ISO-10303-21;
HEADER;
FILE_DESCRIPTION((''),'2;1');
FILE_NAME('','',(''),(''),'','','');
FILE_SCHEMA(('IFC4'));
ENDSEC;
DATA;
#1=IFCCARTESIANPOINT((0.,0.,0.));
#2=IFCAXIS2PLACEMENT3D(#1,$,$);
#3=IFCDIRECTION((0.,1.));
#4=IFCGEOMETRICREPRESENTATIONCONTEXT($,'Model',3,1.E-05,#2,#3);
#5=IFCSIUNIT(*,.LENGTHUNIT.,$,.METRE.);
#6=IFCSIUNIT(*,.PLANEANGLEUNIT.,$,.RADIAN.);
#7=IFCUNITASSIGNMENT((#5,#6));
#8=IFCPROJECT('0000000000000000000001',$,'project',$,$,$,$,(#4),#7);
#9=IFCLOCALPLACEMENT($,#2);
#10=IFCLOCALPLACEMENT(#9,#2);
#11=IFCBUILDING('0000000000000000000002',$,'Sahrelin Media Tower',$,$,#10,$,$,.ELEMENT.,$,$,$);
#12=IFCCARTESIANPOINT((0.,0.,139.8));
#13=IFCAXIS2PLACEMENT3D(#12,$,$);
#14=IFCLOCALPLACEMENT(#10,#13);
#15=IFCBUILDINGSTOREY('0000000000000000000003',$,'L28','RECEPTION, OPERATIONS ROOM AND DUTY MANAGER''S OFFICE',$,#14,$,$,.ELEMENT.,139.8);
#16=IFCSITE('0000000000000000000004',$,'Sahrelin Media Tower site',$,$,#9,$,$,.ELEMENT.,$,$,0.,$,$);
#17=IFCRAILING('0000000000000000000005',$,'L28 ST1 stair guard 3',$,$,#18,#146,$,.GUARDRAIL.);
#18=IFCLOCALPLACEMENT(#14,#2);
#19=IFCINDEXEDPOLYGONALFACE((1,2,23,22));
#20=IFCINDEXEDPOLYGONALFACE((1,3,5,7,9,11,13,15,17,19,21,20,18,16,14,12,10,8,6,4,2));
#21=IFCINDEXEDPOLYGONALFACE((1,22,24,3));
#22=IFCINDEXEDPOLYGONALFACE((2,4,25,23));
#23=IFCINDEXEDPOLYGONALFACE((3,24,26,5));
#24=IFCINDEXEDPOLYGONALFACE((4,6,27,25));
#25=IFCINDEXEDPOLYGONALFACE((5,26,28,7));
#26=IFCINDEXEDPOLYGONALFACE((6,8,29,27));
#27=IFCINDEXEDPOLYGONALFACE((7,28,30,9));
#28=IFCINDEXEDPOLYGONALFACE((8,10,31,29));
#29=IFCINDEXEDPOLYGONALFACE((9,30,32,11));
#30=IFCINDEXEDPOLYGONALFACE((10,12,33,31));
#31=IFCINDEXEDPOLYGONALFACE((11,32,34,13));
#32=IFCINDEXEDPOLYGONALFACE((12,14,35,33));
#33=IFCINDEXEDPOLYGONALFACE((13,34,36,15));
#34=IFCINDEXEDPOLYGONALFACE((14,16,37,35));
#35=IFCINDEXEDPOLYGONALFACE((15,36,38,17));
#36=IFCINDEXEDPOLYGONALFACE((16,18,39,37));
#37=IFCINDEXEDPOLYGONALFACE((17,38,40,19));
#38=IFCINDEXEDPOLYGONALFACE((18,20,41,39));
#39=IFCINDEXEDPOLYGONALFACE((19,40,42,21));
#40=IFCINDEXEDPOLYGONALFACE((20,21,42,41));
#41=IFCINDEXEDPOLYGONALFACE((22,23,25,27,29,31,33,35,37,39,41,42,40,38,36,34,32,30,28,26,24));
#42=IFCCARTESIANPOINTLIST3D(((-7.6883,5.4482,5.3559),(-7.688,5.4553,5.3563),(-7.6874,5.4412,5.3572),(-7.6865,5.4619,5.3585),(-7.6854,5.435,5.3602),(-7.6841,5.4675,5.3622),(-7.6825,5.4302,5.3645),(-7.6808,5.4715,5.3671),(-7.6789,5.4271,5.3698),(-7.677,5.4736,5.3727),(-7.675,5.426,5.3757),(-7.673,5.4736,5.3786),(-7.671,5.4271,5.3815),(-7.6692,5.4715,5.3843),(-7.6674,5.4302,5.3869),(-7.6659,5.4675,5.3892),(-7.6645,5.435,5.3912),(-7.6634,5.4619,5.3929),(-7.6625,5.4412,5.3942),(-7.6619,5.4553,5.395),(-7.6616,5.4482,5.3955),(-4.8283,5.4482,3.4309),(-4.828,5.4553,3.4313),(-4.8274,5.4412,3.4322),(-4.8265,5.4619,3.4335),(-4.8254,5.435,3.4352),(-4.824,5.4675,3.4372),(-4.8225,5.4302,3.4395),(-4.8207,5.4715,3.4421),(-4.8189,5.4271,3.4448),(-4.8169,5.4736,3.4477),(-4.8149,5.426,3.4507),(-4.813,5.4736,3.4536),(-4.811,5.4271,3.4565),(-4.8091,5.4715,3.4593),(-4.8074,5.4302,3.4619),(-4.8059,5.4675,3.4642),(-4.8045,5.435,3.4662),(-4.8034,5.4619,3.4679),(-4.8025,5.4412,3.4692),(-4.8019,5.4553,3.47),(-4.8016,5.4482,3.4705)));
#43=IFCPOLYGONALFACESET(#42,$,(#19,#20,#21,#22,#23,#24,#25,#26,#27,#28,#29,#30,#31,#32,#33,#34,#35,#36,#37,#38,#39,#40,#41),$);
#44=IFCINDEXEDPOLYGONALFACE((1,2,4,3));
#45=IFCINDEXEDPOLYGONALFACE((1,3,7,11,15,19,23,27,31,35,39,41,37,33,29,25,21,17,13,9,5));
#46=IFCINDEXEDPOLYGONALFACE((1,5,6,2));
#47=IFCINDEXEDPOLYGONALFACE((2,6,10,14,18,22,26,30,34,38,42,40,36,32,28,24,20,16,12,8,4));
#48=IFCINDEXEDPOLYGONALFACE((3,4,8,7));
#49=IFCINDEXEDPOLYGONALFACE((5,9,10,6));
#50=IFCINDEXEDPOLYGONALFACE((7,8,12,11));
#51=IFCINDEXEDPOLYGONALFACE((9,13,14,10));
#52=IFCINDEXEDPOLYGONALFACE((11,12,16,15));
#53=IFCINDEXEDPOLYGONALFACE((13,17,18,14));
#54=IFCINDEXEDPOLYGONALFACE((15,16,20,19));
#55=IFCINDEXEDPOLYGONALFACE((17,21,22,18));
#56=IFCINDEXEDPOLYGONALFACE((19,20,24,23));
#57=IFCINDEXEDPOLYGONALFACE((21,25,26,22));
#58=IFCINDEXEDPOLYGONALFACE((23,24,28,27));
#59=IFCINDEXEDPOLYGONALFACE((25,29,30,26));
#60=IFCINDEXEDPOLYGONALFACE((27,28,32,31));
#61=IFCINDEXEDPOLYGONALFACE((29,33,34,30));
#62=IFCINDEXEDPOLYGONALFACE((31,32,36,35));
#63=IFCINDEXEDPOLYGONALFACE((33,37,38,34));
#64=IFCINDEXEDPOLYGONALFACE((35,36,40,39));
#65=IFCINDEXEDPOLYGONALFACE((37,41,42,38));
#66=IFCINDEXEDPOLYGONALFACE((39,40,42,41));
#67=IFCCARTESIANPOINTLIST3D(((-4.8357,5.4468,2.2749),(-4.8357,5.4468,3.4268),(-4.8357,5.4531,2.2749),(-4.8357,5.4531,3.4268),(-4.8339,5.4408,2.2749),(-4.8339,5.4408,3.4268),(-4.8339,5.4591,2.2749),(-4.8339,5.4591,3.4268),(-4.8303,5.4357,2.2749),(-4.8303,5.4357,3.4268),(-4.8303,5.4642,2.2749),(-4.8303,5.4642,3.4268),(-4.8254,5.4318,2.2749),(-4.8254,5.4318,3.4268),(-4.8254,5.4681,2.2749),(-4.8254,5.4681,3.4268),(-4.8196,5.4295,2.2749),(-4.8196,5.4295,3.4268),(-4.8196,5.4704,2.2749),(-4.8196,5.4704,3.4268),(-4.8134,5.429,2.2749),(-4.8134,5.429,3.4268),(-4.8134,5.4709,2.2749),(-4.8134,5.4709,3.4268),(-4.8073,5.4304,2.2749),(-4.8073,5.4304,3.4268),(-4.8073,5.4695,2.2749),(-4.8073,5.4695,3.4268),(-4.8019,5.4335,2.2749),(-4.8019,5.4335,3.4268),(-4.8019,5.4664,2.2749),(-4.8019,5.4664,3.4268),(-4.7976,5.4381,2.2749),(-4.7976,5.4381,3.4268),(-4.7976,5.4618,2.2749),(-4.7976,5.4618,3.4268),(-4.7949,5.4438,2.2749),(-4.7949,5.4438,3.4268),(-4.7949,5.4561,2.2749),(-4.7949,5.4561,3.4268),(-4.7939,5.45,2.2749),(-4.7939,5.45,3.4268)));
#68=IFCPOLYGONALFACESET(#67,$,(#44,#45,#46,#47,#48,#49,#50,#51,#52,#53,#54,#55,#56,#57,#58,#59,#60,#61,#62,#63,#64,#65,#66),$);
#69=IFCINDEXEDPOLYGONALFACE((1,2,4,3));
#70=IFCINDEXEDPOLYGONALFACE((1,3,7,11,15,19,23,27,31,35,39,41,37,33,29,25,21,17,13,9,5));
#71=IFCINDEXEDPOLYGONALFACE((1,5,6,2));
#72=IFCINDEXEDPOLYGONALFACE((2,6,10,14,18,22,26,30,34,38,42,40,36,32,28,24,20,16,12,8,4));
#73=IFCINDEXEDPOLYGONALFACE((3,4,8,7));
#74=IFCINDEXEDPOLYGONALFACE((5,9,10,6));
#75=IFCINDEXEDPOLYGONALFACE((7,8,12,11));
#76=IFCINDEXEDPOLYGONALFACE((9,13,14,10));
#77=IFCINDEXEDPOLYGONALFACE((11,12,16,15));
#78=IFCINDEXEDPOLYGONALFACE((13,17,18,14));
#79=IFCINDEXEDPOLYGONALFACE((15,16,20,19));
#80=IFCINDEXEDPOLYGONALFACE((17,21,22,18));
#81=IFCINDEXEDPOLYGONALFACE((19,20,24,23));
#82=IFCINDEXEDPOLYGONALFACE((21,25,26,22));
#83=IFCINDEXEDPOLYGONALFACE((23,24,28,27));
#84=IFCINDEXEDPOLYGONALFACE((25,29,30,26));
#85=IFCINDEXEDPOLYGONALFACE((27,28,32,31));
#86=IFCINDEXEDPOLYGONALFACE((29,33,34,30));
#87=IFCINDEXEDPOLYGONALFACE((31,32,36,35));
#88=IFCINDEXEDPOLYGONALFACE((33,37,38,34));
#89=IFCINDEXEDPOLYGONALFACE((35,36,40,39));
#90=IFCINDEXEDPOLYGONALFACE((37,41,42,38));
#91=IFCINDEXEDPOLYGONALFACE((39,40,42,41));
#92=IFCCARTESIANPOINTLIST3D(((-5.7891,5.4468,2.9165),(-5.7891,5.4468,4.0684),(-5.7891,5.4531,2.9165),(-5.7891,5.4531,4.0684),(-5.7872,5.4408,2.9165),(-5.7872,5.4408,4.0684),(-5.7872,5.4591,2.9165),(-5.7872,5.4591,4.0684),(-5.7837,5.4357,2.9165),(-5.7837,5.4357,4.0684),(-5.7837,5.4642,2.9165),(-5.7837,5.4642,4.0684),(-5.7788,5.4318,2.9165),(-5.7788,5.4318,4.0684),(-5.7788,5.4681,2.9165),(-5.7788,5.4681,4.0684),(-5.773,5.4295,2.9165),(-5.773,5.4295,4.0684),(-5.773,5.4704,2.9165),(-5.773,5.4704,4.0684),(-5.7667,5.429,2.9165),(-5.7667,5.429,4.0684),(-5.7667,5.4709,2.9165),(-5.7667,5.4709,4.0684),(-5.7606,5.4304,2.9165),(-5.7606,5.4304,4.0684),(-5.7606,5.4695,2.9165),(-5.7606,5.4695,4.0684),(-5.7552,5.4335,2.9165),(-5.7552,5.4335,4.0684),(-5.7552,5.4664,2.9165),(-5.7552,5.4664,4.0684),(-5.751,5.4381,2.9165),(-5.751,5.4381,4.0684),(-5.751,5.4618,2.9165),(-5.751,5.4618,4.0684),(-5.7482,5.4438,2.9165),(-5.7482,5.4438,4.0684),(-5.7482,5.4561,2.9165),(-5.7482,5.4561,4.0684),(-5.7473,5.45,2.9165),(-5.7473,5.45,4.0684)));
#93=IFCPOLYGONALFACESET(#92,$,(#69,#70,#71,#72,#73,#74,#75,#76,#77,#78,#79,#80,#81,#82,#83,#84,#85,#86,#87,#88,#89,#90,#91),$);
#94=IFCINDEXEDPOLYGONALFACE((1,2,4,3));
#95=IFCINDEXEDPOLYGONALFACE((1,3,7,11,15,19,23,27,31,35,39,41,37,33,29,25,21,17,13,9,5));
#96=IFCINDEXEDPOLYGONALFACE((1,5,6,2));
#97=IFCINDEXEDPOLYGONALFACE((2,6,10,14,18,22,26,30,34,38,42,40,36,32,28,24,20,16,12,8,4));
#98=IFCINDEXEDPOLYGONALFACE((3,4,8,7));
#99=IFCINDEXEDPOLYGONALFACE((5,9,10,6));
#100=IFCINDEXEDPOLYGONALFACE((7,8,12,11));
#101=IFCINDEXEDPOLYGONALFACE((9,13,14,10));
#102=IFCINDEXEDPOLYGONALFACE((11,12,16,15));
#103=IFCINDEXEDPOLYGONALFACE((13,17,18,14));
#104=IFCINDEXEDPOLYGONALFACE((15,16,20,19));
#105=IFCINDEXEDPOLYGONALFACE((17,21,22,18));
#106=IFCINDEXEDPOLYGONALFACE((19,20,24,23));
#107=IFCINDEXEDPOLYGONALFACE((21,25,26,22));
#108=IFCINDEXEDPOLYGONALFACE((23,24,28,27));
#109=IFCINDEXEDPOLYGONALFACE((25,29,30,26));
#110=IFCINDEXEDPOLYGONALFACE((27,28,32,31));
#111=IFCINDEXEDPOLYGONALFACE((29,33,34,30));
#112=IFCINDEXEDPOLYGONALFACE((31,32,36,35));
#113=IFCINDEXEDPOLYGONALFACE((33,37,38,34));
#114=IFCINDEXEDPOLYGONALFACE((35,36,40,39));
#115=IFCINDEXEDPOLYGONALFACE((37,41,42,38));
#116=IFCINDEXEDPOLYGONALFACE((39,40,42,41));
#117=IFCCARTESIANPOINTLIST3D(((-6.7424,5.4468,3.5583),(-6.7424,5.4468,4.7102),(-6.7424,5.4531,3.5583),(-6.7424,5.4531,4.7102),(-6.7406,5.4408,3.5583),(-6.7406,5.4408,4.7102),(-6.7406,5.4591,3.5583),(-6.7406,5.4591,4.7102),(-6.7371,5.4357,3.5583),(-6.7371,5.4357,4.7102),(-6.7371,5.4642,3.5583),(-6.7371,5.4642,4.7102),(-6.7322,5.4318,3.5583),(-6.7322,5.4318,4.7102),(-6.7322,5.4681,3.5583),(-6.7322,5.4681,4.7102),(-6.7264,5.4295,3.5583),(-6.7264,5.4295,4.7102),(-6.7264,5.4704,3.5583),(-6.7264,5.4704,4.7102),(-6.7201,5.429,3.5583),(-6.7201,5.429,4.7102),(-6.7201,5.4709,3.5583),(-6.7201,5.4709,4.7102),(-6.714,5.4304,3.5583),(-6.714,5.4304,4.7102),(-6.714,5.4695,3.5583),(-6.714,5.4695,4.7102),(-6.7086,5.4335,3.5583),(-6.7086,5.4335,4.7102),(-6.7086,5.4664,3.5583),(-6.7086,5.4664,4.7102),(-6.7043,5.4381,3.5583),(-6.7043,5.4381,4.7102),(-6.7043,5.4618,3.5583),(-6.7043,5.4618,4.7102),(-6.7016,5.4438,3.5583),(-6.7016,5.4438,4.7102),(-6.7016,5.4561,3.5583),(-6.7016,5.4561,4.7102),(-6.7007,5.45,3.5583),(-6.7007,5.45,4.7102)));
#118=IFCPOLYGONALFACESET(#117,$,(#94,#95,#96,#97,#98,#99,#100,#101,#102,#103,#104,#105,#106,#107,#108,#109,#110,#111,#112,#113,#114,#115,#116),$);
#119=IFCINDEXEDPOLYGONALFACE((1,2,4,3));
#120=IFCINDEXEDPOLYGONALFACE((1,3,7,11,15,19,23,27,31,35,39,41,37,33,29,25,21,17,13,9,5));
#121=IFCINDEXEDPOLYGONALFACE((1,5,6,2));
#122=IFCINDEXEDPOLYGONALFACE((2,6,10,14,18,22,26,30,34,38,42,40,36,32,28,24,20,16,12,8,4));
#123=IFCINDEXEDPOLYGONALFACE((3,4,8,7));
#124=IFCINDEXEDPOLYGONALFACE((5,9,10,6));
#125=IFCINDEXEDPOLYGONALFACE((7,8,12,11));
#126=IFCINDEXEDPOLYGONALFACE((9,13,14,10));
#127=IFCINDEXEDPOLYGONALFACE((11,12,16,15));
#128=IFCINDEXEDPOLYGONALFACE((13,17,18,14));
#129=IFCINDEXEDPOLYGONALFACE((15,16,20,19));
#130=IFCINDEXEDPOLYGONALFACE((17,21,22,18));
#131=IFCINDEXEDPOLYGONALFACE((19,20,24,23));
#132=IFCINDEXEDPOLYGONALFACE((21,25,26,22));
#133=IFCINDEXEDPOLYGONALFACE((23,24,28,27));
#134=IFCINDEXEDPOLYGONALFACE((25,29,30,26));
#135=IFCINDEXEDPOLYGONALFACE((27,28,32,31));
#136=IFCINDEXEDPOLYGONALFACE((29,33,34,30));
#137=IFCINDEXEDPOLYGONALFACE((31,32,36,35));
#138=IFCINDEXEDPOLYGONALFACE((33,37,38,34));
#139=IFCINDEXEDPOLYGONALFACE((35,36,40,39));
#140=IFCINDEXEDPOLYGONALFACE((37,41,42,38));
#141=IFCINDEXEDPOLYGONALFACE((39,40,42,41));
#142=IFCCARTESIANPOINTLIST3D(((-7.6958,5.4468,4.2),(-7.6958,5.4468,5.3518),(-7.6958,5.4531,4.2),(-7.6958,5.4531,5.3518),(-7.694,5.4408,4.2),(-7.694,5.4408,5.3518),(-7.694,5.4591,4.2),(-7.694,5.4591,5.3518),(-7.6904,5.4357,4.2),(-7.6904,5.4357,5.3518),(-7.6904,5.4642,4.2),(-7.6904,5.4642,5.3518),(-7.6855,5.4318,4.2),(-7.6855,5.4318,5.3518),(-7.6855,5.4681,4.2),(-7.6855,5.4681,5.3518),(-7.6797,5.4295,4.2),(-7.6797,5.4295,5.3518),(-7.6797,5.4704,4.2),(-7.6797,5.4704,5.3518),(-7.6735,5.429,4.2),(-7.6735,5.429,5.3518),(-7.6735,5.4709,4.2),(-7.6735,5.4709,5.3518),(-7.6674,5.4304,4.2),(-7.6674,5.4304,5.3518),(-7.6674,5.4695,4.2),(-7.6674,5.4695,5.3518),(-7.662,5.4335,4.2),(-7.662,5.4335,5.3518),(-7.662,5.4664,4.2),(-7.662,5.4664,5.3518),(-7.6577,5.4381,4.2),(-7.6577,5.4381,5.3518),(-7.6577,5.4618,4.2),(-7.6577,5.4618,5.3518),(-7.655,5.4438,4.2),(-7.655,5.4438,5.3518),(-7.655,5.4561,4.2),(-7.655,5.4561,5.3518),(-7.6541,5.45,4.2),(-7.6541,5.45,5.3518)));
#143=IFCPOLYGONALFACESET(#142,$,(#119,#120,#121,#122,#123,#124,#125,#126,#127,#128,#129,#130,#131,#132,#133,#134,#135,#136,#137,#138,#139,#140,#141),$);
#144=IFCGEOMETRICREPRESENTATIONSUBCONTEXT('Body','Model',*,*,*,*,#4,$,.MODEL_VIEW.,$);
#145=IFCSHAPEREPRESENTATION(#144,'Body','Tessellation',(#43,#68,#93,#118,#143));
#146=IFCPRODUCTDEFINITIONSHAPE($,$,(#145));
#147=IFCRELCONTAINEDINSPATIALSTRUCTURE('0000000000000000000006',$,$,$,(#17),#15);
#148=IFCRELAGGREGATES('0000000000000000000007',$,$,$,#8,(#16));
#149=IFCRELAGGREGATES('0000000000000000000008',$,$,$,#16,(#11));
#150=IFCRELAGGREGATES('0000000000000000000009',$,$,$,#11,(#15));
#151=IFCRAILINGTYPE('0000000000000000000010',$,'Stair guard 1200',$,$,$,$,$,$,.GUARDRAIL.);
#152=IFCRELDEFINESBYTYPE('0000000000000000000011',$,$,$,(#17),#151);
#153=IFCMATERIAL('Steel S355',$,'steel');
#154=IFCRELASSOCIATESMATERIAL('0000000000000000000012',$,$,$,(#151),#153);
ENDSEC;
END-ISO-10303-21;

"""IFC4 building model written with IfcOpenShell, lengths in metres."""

from ifc_helpers import new_model, si_unit, direction, frame, origin, origin_2d, place, context, subcontext, project, spatial, circle, extrude, material, type_object, element, save


model = new_model("IFC4")

# Units and contexts
model_context = context("Model", 3, precision=1e-05, world=origin(), true_north=direction((0.0, 1.0)))
body_context = subcontext(model_context, "Body", "Model", "MODEL_VIEW")
ifc_project = project(units=[si_unit("LENGTHUNIT", "METRE"), si_unit("PLANEANGLEUNIT", "RADIAN")], contexts=[model_context])

# Site, building, storey
site_placement = place(None, origin())
site = spatial("IfcSite", under=ifc_project, at=site_placement, Name="Sahrelin Media Tower site", CompositionType="ELEMENT", RefElevation=0.0)
building_placement = place(site_placement, origin())
building = spatial("IfcBuilding", under=site, at=building_placement, Name="Sahrelin Media Tower", CompositionType="ELEMENT")
storey_placement = place(building_placement, frame((0.0, 0.0, 139.8)))
storey = spatial("IfcBuildingStorey", under=building, at=storey_placement, Name="L28", Description="RECEPTION, OPERATIONS ROOM AND DUTY MANAGER'S OFFICE", CompositionType="ELEMENT", Elevation=139.8)

# Shared definitions
ifc_material_1 = material(Name="Steel S355", Category="steel")

# Railing
railing_type_1 = type_object("IfcRailingType", Name="Stair guard 1200", PredefinedType="GUARDRAIL", material=ifc_material_1)
railing_1_placement = place(storey_placement, frame((-4.8149, 5.45, 2.2749)))
element("IfcRailing", 1, at=railing_1_placement, inside=storey, type_object=railing_type_1, Name="L28 ST1 stair guard 3", PredefinedType="GUARDRAIL", context=body_context, shape_type="SweptSolid", body=[
    extrude(circle(Radius=0.0239, at=origin_2d()), frame((0.0, 0.0, 1.1758), z_axis=(-0.829591, 0.0, 0.558372), x_axis=(0.0, -1.0, 0.0)), (0.0, 0.0, 1.0), 3.4475),
    extrude(circle(Radius=0.021, at=origin_2d()), origin(), (0.0, 0.0, 1.0), 1.1519),
    extrude(circle(Radius=0.021, at=origin_2d()), frame((-0.9534, 0.0, 0.6416)), (0.0, 0.0, 1.0), 1.1519),
    extrude(circle(Radius=0.021, at=origin_2d()), frame((-1.9067, 0.0, 1.2834)), (0.0, 0.0, 1.0), 1.1519),
    extrude(circle(Radius=0.021, at=origin_2d()), frame((-2.8601, 0.0, 1.925)), (0.0, 0.0, 1.0), 1.1519),
])

save(model, "model.ifc")
